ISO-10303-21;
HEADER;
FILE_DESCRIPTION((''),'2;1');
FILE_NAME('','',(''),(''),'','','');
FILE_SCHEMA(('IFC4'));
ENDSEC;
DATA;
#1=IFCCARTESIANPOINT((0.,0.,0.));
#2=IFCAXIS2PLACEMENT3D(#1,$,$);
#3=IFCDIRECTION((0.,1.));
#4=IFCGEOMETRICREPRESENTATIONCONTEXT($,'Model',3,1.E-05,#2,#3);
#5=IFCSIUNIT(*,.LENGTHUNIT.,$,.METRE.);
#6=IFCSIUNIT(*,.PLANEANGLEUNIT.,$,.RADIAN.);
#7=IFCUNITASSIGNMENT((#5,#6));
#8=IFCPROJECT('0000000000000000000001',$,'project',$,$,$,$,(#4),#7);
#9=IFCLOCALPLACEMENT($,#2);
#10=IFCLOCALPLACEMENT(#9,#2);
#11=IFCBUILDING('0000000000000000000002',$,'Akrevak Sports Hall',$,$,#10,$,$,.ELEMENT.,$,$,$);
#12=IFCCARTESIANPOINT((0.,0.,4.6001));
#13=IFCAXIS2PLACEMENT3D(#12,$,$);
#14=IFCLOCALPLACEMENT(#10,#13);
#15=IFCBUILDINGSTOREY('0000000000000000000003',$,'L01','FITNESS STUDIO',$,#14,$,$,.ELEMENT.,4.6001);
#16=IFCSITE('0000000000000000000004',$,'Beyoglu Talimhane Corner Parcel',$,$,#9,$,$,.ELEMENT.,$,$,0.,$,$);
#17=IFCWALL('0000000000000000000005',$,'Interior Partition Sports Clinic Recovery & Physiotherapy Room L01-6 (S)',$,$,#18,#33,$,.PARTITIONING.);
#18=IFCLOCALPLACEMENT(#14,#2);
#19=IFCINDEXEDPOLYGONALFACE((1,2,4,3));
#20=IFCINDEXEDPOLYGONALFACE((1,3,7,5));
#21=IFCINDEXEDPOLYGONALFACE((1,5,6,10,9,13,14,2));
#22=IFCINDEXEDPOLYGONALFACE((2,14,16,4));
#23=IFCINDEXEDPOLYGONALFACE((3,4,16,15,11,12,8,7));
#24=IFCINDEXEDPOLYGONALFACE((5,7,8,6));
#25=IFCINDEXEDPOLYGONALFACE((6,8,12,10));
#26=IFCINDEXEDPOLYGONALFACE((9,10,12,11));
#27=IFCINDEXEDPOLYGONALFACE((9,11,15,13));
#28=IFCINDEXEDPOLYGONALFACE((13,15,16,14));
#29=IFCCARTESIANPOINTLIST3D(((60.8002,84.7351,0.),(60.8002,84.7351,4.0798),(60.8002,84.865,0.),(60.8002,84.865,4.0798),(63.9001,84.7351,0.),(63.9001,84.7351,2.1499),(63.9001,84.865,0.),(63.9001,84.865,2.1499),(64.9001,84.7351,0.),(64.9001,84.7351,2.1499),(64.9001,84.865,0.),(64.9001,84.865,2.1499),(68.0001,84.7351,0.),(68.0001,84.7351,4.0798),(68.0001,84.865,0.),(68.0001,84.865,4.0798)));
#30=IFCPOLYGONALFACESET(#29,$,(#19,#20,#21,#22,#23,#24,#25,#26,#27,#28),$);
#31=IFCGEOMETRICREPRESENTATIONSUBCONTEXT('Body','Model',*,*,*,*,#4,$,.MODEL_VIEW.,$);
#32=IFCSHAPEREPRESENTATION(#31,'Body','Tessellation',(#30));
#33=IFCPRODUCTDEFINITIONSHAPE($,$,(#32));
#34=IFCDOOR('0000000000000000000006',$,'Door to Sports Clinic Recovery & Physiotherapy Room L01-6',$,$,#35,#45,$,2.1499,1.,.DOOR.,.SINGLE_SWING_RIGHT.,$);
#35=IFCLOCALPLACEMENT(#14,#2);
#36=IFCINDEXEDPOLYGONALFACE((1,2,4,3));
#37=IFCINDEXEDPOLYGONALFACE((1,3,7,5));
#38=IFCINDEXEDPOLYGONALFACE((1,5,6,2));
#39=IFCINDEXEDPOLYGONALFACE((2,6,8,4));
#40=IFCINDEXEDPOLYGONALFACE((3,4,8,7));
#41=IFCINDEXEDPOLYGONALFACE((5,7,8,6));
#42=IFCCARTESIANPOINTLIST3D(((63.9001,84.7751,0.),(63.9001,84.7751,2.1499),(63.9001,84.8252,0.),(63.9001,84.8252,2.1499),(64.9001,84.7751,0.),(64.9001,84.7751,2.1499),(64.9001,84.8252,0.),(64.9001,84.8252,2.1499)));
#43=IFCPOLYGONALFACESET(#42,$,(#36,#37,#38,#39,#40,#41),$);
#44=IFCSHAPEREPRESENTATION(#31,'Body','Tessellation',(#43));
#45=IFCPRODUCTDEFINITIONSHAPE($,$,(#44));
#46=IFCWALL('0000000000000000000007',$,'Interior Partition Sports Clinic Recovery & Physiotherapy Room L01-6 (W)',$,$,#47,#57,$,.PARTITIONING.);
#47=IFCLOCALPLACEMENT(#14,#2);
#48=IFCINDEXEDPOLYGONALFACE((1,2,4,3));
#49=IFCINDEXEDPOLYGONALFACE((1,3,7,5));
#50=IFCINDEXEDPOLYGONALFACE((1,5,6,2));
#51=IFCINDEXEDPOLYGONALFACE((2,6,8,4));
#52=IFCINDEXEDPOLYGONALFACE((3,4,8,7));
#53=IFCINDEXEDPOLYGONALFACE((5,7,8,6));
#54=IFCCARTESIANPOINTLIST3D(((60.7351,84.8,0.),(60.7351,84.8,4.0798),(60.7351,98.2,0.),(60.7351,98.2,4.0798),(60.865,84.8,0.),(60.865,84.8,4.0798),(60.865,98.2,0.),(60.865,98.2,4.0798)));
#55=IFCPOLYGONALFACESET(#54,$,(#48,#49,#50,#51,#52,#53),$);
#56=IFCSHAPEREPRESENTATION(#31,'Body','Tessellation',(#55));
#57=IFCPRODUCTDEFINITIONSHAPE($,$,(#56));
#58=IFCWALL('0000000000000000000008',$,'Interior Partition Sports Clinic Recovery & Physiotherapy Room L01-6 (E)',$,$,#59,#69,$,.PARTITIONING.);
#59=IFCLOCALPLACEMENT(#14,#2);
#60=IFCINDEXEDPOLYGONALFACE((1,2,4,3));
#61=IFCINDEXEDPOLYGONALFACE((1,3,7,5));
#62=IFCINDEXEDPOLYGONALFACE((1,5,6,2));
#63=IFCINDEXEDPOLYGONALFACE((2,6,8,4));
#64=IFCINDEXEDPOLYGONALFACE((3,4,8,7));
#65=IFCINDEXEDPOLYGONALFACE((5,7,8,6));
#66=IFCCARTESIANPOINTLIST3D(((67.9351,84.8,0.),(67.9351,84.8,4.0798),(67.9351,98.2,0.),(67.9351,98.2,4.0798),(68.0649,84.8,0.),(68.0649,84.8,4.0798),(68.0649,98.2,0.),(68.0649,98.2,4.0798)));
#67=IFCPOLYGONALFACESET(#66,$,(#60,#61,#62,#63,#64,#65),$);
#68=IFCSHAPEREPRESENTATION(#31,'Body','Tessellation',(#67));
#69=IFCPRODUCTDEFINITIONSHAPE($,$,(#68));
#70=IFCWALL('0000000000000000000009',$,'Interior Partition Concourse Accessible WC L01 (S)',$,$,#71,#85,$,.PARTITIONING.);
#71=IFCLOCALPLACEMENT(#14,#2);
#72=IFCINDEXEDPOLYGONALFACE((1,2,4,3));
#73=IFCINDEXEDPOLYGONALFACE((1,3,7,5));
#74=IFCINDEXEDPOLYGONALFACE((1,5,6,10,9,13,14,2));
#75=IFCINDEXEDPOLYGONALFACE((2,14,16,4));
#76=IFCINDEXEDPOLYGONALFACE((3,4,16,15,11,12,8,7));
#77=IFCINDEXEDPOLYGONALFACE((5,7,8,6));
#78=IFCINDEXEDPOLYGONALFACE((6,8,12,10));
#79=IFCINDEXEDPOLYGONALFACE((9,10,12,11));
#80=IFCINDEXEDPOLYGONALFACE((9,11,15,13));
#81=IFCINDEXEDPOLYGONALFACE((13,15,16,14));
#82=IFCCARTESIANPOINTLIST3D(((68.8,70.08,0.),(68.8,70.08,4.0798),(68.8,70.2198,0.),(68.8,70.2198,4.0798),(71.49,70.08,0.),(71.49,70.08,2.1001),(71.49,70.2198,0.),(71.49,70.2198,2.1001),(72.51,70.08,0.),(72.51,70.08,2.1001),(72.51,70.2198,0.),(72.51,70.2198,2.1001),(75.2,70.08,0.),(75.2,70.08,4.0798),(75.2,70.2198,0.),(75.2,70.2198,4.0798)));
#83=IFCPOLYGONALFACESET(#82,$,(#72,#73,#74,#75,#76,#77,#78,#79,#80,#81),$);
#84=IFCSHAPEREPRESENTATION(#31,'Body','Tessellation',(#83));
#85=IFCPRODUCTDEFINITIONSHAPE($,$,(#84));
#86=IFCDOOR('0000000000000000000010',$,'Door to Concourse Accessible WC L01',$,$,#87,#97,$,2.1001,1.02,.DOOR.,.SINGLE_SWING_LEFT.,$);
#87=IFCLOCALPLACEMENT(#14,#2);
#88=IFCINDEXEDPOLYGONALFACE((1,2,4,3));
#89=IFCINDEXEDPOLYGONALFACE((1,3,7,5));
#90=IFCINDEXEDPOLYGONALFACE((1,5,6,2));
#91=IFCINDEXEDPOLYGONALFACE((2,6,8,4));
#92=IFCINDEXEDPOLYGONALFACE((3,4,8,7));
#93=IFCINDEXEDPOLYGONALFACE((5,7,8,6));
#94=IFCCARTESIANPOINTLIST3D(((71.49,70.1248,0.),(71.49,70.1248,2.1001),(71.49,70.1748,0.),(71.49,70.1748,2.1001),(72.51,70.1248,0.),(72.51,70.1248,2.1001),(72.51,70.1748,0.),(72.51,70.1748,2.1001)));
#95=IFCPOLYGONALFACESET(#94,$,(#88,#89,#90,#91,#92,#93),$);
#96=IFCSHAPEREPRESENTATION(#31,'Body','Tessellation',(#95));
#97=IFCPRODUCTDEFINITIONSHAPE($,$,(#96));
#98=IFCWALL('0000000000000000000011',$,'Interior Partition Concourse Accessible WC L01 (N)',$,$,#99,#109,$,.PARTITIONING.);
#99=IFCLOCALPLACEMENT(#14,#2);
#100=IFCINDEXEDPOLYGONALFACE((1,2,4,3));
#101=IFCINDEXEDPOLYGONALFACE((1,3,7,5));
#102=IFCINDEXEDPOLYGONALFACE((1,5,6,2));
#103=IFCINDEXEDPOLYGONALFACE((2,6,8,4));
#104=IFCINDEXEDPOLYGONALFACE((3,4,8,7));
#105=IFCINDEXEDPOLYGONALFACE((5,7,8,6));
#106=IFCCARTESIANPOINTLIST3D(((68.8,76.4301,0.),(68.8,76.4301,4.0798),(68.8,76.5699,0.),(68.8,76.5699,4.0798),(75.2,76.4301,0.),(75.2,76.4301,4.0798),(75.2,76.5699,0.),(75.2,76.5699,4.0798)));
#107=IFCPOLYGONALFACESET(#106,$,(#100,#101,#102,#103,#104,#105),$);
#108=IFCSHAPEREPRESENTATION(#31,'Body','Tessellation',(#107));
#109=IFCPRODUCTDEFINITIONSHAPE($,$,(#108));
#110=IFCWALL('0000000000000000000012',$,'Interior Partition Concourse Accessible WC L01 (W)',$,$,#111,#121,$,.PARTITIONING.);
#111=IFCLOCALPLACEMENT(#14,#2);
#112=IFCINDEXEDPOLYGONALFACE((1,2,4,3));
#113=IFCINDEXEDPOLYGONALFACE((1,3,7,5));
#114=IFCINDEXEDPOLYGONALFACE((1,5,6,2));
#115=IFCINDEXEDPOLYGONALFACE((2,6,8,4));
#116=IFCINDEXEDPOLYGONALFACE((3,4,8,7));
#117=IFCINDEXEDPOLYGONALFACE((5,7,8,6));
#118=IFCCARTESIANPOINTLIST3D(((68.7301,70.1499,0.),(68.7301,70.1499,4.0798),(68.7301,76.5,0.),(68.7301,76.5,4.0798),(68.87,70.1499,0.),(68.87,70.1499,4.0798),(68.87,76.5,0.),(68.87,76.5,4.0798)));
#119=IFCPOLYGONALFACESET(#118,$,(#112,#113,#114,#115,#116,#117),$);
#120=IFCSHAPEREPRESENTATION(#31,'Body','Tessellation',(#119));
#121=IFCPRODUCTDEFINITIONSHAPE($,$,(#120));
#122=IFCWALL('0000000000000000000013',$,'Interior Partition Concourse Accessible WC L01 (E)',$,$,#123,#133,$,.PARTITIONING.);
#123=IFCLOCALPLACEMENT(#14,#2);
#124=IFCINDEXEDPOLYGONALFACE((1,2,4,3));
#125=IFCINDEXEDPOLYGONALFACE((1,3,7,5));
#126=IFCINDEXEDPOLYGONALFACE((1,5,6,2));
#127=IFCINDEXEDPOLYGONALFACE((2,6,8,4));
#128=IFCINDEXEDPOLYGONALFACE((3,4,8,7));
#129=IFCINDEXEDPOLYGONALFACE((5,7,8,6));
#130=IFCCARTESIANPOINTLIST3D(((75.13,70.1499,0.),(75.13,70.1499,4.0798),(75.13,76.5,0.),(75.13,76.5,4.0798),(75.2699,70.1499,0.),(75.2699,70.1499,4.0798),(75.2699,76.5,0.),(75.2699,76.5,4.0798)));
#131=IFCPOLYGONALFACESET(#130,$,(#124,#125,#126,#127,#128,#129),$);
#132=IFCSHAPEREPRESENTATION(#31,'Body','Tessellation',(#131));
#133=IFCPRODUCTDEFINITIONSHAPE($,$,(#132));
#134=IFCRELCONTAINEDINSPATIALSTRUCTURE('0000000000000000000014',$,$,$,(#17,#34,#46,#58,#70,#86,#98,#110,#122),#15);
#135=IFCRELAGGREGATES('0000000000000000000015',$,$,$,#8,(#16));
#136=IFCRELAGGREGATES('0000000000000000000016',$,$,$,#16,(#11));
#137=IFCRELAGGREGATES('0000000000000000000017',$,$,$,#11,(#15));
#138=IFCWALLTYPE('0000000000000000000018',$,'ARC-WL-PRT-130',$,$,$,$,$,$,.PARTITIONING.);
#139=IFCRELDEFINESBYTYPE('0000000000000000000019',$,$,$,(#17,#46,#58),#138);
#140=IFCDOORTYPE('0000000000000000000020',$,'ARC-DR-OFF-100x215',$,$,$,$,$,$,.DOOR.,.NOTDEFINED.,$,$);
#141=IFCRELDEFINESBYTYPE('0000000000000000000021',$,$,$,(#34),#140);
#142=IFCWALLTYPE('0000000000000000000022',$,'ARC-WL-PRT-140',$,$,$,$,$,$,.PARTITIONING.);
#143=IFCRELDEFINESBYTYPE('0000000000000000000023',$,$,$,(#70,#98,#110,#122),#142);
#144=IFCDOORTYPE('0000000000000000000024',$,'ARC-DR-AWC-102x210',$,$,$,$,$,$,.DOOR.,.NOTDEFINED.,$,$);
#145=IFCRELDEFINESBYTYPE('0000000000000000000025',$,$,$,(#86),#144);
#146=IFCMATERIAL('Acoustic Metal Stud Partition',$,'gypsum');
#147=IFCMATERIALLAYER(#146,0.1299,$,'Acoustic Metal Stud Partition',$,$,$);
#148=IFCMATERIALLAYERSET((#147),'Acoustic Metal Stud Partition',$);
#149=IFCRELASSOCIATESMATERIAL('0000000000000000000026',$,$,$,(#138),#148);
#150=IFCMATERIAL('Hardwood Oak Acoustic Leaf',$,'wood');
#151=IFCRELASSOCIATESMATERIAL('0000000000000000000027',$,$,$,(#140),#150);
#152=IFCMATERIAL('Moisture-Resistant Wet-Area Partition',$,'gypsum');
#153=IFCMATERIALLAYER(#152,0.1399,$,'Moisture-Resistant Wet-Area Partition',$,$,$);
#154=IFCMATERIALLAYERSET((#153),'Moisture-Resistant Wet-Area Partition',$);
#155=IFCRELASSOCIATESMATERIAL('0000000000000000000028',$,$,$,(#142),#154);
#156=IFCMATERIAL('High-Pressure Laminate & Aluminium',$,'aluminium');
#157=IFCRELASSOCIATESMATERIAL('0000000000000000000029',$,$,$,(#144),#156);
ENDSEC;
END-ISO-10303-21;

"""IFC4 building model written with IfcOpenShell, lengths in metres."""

from ifc_helpers import new_model, si_unit, direction, frame, frame_2d, origin, place, context, subcontext, project, spatial, rectangle, extrude, material, layer, layer_set, type_object, element, fill, save


model = new_model("IFC4")

# Units and contexts
model_context = context("Model", 3, precision=1e-05, world=origin(), true_north=direction((0.0, 1.0)))
body_context = subcontext(model_context, "Body", "Model", "MODEL_VIEW")
ifc_project = project(units=[si_unit("LENGTHUNIT", "METRE"), si_unit("PLANEANGLEUNIT", "RADIAN")], contexts=[model_context])

# Site, building, storey
site_placement = place(None, origin())
site = spatial("IfcSite", under=ifc_project, at=site_placement, Name="Beyoglu Talimhane Corner Parcel", CompositionType="ELEMENT", RefElevation=0.0)
building_placement = place(site_placement, origin())
building = spatial("IfcBuilding", under=site, at=building_placement, Name="Akrevak Sports Hall", CompositionType="ELEMENT")
storey_placement = place(building_placement, frame((0.0, 0.0, 4.6001)))
storey = spatial("IfcBuildingStorey", under=building, at=storey_placement, Name="L01", Description="FITNESS STUDIO", CompositionType="ELEMENT", Elevation=4.6001)

# Shared definitions
ifc_material_1 = material(Name="Acoustic Metal Stud Partition", Category="gypsum")
ifc_layer_1 = layer(ifc_material_1, 0.1299, Name="Acoustic Metal Stud Partition")
ifc_layer_set_1 = layer_set([ifc_layer_1], Name="Acoustic Metal Stud Partition")
wall_type_1 = type_object("IfcWallType", Name="ARC-WL-PRT-130", PredefinedType="PARTITIONING", material=ifc_layer_set_1)

# Wall, opening, door
wall_1_placement = place(storey_placement, frame((60.8, 84.8, 0.0), z_axis=(0.0, 0.0, 1.0), x_axis=(1.0, 0.0, 0.0)))
wall_1 = element("IfcWall", 1, at=wall_1_placement, inside=storey, type_object=wall_type_1, Name="Interior Partition Sports Clinic Recovery & Physiotherapy Room L01-6 (S)", PredefinedType="PARTITIONING", context=body_context, shape_type="SweptSolid", body=[
    extrude(rectangle(XDim=7.2, YDim=0.1299, at=frame_2d((3.6001, 0.0))), origin(), (0.0, 0.0, 1.0), 4.0798),
])
opening_1_placement = place(wall_1_placement, frame((3.1001, 0.0, 0.0)))
opening_1 = element("IfcOpeningElement", 2, at=opening_1_placement, cuts=wall_1, PredefinedType="OPENING", context=body_context, shape_type="SweptSolid", body=[
    extrude(rectangle(XDim=1.0, YDim=2.1499, at=frame_2d((0.5, 1.075))), frame((0.0, 0.0769, 0.0), z_axis=(0.0, -1.0, 0.0), x_axis=(1.0, 0.0, 0.0)), (0.0, 0.0, 1.0), 0.1538),
])
ifc_material_2 = material(Name="Hardwood Oak Acoustic Leaf", Category="wood")
door_type_1 = type_object("IfcDoorType", Name="ARC-DR-OFF-100x215", OperationType="NOTDEFINED", PredefinedType="DOOR", material=ifc_material_2)
door_1_placement = place(opening_1_placement, frame((1.0, 0.0, 0.0), z_axis=(0.0, 0.0, 1.0), x_axis=(-1.0, 0.0, 0.0)))
door_1 = element("IfcDoor", 3, at=door_1_placement, inside=storey, type_object=door_type_1, Name="Door to Sports Clinic Recovery & Physiotherapy Room L01-6", OperationType="SINGLE_SWING_RIGHT", OverallHeight=2.1499, OverallWidth=1.0, PredefinedType="DOOR", context=body_context, shape_type="SweptSolid", body=[
    extrude(rectangle(XDim=1.0, YDim=2.1499, at=frame_2d((0.5, 1.075))), frame((0.0, 0.0249, 0.0), z_axis=(0.0, -1.0, 0.0), x_axis=(1.0, 0.0, 0.0)), (0.0, 0.0, 1.0), 0.05),
])
fill(opening_1, door_1)

# Walls
for number, where, z_axis, x_axis, name in (
    (4, (60.8, 84.8, 0.0), (0.0, 0.0, 1.0), (0.0, 1.0, 0.0), "Interior Partition Sports Clinic Recovery & Physiotherapy Room L01-6 (W)"),
    (5, (68.0, 84.8, 0.0), (0.0, 0.0, 1.0), (0.0, 1.0, 0.0), "Interior Partition Sports Clinic Recovery & Physiotherapy Room L01-6 (E)"),
):
    element("IfcWall", number, at=place(storey_placement, frame(where, z_axis=z_axis, x_axis=x_axis)), inside=storey, type_object=wall_type_1, Name=name, PredefinedType="PARTITIONING", context=body_context, shape_type="SweptSolid", body=[
        extrude(rectangle(XDim=13.3999, YDim=0.1299, at=frame_2d((6.7, 0.0))), origin(), (0.0, 0.0, 1.0), 4.0798),
    ])

# Wall, opening, door
ifc_material_3 = material(Name="Moisture-Resistant Wet-Area Partition", Category="gypsum")
ifc_layer_2 = layer(ifc_material_3, 0.1399, Name="Moisture-Resistant Wet-Area Partition")
ifc_layer_set_2 = layer_set([ifc_layer_2], Name="Moisture-Resistant Wet-Area Partition")
wall_type_2 = type_object("IfcWallType", Name="ARC-WL-PRT-140", PredefinedType="PARTITIONING", material=ifc_layer_set_2)
wall_2_placement = place(storey_placement, frame((68.8, 70.1499, 0.0), z_axis=(0.0, 0.0, 1.0), x_axis=(1.0, 0.0, 0.0)))
wall_2 = element("IfcWall", 6, at=wall_2_placement, inside=storey, type_object=wall_type_2, Name="Interior Partition Concourse Accessible WC L01 (S)", PredefinedType="PARTITIONING", context=body_context, shape_type="SweptSolid", body=[
    extrude(rectangle(XDim=6.3999, YDim=0.1399, at=frame_2d((3.2, 0.0))), origin(), (0.0, 0.0, 1.0), 4.0798),
])
opening_2_placement = place(wall_2_placement, frame((2.6899, 0.0, 0.0)))
opening_2 = element("IfcOpeningElement", 7, at=opening_2_placement, cuts=wall_2, PredefinedType="OPENING", context=body_context, shape_type="SweptSolid", body=[
    extrude(rectangle(XDim=1.02, YDim=2.1001, at=frame_2d((0.51, 1.05))), frame((0.0, 0.082, 0.0), z_axis=(0.0, -1.0, 0.0), x_axis=(1.0, 0.0, 0.0)), (0.0, 0.0, 1.0), 0.1638),
])
ifc_material_4 = material(Name="High-Pressure Laminate & Aluminium", Category="aluminium")
door_type_2 = type_object("IfcDoorType", Name="ARC-DR-AWC-102x210", OperationType="NOTDEFINED", PredefinedType="DOOR", material=ifc_material_4)
door_2_placement = place(opening_2_placement, origin())
door_2 = element("IfcDoor", 8, at=door_2_placement, inside=storey, type_object=door_type_2, Name="Door to Concourse Accessible WC L01", OperationType="SINGLE_SWING_LEFT", OverallHeight=2.1001, OverallWidth=1.02, PredefinedType="DOOR", context=body_context, shape_type="SweptSolid", body=[
    extrude(rectangle(XDim=1.02, YDim=2.1001, at=frame_2d((0.51, 1.05))), frame((0.0, 0.0249, 0.0), z_axis=(0.0, -1.0, 0.0), x_axis=(1.0, 0.0, 0.0)), (0.0, 0.0, 1.0), 0.05),
])
fill(opening_2, door_2)

# Walls
wall_3_placement = place(storey_placement, frame((68.8, 76.5, 0.0), z_axis=(0.0, 0.0, 1.0), x_axis=(1.0, 0.0, 0.0)))
element("IfcWall", 9, at=wall_3_placement, inside=storey, type_object=wall_type_2, Name="Interior Partition Concourse Accessible WC L01 (N)", PredefinedType="PARTITIONING", context=body_context, shape_type="SweptSolid", body=[
    extrude(rectangle(XDim=6.3999, YDim=0.1399, at=frame_2d((3.2, 0.0))), origin(), (0.0, 0.0, 1.0), 4.0798),
])
for number, where, z_axis, x_axis, name in (
    (10, (68.8, 70.1499, 0.0), (0.0, 0.0, 1.0), (0.0, 1.0, 0.0), "Interior Partition Concourse Accessible WC L01 (W)"),
    (11, (75.2, 70.1499, 0.0), (0.0, 0.0, 1.0), (0.0, 1.0, 0.0), "Interior Partition Concourse Accessible WC L01 (E)"),
):
    element("IfcWall", number, at=place(storey_placement, frame(where, z_axis=z_axis, x_axis=x_axis)), inside=storey, type_object=wall_type_2, Name=name, PredefinedType="PARTITIONING", context=body_context, shape_type="SweptSolid", body=[
        extrude(rectangle(XDim=6.3501, YDim=0.1399, at=frame_2d((3.175, 0.0))), origin(), (0.0, 0.0, 1.0), 4.0798),
    ])

save(model, "model.ifc")
